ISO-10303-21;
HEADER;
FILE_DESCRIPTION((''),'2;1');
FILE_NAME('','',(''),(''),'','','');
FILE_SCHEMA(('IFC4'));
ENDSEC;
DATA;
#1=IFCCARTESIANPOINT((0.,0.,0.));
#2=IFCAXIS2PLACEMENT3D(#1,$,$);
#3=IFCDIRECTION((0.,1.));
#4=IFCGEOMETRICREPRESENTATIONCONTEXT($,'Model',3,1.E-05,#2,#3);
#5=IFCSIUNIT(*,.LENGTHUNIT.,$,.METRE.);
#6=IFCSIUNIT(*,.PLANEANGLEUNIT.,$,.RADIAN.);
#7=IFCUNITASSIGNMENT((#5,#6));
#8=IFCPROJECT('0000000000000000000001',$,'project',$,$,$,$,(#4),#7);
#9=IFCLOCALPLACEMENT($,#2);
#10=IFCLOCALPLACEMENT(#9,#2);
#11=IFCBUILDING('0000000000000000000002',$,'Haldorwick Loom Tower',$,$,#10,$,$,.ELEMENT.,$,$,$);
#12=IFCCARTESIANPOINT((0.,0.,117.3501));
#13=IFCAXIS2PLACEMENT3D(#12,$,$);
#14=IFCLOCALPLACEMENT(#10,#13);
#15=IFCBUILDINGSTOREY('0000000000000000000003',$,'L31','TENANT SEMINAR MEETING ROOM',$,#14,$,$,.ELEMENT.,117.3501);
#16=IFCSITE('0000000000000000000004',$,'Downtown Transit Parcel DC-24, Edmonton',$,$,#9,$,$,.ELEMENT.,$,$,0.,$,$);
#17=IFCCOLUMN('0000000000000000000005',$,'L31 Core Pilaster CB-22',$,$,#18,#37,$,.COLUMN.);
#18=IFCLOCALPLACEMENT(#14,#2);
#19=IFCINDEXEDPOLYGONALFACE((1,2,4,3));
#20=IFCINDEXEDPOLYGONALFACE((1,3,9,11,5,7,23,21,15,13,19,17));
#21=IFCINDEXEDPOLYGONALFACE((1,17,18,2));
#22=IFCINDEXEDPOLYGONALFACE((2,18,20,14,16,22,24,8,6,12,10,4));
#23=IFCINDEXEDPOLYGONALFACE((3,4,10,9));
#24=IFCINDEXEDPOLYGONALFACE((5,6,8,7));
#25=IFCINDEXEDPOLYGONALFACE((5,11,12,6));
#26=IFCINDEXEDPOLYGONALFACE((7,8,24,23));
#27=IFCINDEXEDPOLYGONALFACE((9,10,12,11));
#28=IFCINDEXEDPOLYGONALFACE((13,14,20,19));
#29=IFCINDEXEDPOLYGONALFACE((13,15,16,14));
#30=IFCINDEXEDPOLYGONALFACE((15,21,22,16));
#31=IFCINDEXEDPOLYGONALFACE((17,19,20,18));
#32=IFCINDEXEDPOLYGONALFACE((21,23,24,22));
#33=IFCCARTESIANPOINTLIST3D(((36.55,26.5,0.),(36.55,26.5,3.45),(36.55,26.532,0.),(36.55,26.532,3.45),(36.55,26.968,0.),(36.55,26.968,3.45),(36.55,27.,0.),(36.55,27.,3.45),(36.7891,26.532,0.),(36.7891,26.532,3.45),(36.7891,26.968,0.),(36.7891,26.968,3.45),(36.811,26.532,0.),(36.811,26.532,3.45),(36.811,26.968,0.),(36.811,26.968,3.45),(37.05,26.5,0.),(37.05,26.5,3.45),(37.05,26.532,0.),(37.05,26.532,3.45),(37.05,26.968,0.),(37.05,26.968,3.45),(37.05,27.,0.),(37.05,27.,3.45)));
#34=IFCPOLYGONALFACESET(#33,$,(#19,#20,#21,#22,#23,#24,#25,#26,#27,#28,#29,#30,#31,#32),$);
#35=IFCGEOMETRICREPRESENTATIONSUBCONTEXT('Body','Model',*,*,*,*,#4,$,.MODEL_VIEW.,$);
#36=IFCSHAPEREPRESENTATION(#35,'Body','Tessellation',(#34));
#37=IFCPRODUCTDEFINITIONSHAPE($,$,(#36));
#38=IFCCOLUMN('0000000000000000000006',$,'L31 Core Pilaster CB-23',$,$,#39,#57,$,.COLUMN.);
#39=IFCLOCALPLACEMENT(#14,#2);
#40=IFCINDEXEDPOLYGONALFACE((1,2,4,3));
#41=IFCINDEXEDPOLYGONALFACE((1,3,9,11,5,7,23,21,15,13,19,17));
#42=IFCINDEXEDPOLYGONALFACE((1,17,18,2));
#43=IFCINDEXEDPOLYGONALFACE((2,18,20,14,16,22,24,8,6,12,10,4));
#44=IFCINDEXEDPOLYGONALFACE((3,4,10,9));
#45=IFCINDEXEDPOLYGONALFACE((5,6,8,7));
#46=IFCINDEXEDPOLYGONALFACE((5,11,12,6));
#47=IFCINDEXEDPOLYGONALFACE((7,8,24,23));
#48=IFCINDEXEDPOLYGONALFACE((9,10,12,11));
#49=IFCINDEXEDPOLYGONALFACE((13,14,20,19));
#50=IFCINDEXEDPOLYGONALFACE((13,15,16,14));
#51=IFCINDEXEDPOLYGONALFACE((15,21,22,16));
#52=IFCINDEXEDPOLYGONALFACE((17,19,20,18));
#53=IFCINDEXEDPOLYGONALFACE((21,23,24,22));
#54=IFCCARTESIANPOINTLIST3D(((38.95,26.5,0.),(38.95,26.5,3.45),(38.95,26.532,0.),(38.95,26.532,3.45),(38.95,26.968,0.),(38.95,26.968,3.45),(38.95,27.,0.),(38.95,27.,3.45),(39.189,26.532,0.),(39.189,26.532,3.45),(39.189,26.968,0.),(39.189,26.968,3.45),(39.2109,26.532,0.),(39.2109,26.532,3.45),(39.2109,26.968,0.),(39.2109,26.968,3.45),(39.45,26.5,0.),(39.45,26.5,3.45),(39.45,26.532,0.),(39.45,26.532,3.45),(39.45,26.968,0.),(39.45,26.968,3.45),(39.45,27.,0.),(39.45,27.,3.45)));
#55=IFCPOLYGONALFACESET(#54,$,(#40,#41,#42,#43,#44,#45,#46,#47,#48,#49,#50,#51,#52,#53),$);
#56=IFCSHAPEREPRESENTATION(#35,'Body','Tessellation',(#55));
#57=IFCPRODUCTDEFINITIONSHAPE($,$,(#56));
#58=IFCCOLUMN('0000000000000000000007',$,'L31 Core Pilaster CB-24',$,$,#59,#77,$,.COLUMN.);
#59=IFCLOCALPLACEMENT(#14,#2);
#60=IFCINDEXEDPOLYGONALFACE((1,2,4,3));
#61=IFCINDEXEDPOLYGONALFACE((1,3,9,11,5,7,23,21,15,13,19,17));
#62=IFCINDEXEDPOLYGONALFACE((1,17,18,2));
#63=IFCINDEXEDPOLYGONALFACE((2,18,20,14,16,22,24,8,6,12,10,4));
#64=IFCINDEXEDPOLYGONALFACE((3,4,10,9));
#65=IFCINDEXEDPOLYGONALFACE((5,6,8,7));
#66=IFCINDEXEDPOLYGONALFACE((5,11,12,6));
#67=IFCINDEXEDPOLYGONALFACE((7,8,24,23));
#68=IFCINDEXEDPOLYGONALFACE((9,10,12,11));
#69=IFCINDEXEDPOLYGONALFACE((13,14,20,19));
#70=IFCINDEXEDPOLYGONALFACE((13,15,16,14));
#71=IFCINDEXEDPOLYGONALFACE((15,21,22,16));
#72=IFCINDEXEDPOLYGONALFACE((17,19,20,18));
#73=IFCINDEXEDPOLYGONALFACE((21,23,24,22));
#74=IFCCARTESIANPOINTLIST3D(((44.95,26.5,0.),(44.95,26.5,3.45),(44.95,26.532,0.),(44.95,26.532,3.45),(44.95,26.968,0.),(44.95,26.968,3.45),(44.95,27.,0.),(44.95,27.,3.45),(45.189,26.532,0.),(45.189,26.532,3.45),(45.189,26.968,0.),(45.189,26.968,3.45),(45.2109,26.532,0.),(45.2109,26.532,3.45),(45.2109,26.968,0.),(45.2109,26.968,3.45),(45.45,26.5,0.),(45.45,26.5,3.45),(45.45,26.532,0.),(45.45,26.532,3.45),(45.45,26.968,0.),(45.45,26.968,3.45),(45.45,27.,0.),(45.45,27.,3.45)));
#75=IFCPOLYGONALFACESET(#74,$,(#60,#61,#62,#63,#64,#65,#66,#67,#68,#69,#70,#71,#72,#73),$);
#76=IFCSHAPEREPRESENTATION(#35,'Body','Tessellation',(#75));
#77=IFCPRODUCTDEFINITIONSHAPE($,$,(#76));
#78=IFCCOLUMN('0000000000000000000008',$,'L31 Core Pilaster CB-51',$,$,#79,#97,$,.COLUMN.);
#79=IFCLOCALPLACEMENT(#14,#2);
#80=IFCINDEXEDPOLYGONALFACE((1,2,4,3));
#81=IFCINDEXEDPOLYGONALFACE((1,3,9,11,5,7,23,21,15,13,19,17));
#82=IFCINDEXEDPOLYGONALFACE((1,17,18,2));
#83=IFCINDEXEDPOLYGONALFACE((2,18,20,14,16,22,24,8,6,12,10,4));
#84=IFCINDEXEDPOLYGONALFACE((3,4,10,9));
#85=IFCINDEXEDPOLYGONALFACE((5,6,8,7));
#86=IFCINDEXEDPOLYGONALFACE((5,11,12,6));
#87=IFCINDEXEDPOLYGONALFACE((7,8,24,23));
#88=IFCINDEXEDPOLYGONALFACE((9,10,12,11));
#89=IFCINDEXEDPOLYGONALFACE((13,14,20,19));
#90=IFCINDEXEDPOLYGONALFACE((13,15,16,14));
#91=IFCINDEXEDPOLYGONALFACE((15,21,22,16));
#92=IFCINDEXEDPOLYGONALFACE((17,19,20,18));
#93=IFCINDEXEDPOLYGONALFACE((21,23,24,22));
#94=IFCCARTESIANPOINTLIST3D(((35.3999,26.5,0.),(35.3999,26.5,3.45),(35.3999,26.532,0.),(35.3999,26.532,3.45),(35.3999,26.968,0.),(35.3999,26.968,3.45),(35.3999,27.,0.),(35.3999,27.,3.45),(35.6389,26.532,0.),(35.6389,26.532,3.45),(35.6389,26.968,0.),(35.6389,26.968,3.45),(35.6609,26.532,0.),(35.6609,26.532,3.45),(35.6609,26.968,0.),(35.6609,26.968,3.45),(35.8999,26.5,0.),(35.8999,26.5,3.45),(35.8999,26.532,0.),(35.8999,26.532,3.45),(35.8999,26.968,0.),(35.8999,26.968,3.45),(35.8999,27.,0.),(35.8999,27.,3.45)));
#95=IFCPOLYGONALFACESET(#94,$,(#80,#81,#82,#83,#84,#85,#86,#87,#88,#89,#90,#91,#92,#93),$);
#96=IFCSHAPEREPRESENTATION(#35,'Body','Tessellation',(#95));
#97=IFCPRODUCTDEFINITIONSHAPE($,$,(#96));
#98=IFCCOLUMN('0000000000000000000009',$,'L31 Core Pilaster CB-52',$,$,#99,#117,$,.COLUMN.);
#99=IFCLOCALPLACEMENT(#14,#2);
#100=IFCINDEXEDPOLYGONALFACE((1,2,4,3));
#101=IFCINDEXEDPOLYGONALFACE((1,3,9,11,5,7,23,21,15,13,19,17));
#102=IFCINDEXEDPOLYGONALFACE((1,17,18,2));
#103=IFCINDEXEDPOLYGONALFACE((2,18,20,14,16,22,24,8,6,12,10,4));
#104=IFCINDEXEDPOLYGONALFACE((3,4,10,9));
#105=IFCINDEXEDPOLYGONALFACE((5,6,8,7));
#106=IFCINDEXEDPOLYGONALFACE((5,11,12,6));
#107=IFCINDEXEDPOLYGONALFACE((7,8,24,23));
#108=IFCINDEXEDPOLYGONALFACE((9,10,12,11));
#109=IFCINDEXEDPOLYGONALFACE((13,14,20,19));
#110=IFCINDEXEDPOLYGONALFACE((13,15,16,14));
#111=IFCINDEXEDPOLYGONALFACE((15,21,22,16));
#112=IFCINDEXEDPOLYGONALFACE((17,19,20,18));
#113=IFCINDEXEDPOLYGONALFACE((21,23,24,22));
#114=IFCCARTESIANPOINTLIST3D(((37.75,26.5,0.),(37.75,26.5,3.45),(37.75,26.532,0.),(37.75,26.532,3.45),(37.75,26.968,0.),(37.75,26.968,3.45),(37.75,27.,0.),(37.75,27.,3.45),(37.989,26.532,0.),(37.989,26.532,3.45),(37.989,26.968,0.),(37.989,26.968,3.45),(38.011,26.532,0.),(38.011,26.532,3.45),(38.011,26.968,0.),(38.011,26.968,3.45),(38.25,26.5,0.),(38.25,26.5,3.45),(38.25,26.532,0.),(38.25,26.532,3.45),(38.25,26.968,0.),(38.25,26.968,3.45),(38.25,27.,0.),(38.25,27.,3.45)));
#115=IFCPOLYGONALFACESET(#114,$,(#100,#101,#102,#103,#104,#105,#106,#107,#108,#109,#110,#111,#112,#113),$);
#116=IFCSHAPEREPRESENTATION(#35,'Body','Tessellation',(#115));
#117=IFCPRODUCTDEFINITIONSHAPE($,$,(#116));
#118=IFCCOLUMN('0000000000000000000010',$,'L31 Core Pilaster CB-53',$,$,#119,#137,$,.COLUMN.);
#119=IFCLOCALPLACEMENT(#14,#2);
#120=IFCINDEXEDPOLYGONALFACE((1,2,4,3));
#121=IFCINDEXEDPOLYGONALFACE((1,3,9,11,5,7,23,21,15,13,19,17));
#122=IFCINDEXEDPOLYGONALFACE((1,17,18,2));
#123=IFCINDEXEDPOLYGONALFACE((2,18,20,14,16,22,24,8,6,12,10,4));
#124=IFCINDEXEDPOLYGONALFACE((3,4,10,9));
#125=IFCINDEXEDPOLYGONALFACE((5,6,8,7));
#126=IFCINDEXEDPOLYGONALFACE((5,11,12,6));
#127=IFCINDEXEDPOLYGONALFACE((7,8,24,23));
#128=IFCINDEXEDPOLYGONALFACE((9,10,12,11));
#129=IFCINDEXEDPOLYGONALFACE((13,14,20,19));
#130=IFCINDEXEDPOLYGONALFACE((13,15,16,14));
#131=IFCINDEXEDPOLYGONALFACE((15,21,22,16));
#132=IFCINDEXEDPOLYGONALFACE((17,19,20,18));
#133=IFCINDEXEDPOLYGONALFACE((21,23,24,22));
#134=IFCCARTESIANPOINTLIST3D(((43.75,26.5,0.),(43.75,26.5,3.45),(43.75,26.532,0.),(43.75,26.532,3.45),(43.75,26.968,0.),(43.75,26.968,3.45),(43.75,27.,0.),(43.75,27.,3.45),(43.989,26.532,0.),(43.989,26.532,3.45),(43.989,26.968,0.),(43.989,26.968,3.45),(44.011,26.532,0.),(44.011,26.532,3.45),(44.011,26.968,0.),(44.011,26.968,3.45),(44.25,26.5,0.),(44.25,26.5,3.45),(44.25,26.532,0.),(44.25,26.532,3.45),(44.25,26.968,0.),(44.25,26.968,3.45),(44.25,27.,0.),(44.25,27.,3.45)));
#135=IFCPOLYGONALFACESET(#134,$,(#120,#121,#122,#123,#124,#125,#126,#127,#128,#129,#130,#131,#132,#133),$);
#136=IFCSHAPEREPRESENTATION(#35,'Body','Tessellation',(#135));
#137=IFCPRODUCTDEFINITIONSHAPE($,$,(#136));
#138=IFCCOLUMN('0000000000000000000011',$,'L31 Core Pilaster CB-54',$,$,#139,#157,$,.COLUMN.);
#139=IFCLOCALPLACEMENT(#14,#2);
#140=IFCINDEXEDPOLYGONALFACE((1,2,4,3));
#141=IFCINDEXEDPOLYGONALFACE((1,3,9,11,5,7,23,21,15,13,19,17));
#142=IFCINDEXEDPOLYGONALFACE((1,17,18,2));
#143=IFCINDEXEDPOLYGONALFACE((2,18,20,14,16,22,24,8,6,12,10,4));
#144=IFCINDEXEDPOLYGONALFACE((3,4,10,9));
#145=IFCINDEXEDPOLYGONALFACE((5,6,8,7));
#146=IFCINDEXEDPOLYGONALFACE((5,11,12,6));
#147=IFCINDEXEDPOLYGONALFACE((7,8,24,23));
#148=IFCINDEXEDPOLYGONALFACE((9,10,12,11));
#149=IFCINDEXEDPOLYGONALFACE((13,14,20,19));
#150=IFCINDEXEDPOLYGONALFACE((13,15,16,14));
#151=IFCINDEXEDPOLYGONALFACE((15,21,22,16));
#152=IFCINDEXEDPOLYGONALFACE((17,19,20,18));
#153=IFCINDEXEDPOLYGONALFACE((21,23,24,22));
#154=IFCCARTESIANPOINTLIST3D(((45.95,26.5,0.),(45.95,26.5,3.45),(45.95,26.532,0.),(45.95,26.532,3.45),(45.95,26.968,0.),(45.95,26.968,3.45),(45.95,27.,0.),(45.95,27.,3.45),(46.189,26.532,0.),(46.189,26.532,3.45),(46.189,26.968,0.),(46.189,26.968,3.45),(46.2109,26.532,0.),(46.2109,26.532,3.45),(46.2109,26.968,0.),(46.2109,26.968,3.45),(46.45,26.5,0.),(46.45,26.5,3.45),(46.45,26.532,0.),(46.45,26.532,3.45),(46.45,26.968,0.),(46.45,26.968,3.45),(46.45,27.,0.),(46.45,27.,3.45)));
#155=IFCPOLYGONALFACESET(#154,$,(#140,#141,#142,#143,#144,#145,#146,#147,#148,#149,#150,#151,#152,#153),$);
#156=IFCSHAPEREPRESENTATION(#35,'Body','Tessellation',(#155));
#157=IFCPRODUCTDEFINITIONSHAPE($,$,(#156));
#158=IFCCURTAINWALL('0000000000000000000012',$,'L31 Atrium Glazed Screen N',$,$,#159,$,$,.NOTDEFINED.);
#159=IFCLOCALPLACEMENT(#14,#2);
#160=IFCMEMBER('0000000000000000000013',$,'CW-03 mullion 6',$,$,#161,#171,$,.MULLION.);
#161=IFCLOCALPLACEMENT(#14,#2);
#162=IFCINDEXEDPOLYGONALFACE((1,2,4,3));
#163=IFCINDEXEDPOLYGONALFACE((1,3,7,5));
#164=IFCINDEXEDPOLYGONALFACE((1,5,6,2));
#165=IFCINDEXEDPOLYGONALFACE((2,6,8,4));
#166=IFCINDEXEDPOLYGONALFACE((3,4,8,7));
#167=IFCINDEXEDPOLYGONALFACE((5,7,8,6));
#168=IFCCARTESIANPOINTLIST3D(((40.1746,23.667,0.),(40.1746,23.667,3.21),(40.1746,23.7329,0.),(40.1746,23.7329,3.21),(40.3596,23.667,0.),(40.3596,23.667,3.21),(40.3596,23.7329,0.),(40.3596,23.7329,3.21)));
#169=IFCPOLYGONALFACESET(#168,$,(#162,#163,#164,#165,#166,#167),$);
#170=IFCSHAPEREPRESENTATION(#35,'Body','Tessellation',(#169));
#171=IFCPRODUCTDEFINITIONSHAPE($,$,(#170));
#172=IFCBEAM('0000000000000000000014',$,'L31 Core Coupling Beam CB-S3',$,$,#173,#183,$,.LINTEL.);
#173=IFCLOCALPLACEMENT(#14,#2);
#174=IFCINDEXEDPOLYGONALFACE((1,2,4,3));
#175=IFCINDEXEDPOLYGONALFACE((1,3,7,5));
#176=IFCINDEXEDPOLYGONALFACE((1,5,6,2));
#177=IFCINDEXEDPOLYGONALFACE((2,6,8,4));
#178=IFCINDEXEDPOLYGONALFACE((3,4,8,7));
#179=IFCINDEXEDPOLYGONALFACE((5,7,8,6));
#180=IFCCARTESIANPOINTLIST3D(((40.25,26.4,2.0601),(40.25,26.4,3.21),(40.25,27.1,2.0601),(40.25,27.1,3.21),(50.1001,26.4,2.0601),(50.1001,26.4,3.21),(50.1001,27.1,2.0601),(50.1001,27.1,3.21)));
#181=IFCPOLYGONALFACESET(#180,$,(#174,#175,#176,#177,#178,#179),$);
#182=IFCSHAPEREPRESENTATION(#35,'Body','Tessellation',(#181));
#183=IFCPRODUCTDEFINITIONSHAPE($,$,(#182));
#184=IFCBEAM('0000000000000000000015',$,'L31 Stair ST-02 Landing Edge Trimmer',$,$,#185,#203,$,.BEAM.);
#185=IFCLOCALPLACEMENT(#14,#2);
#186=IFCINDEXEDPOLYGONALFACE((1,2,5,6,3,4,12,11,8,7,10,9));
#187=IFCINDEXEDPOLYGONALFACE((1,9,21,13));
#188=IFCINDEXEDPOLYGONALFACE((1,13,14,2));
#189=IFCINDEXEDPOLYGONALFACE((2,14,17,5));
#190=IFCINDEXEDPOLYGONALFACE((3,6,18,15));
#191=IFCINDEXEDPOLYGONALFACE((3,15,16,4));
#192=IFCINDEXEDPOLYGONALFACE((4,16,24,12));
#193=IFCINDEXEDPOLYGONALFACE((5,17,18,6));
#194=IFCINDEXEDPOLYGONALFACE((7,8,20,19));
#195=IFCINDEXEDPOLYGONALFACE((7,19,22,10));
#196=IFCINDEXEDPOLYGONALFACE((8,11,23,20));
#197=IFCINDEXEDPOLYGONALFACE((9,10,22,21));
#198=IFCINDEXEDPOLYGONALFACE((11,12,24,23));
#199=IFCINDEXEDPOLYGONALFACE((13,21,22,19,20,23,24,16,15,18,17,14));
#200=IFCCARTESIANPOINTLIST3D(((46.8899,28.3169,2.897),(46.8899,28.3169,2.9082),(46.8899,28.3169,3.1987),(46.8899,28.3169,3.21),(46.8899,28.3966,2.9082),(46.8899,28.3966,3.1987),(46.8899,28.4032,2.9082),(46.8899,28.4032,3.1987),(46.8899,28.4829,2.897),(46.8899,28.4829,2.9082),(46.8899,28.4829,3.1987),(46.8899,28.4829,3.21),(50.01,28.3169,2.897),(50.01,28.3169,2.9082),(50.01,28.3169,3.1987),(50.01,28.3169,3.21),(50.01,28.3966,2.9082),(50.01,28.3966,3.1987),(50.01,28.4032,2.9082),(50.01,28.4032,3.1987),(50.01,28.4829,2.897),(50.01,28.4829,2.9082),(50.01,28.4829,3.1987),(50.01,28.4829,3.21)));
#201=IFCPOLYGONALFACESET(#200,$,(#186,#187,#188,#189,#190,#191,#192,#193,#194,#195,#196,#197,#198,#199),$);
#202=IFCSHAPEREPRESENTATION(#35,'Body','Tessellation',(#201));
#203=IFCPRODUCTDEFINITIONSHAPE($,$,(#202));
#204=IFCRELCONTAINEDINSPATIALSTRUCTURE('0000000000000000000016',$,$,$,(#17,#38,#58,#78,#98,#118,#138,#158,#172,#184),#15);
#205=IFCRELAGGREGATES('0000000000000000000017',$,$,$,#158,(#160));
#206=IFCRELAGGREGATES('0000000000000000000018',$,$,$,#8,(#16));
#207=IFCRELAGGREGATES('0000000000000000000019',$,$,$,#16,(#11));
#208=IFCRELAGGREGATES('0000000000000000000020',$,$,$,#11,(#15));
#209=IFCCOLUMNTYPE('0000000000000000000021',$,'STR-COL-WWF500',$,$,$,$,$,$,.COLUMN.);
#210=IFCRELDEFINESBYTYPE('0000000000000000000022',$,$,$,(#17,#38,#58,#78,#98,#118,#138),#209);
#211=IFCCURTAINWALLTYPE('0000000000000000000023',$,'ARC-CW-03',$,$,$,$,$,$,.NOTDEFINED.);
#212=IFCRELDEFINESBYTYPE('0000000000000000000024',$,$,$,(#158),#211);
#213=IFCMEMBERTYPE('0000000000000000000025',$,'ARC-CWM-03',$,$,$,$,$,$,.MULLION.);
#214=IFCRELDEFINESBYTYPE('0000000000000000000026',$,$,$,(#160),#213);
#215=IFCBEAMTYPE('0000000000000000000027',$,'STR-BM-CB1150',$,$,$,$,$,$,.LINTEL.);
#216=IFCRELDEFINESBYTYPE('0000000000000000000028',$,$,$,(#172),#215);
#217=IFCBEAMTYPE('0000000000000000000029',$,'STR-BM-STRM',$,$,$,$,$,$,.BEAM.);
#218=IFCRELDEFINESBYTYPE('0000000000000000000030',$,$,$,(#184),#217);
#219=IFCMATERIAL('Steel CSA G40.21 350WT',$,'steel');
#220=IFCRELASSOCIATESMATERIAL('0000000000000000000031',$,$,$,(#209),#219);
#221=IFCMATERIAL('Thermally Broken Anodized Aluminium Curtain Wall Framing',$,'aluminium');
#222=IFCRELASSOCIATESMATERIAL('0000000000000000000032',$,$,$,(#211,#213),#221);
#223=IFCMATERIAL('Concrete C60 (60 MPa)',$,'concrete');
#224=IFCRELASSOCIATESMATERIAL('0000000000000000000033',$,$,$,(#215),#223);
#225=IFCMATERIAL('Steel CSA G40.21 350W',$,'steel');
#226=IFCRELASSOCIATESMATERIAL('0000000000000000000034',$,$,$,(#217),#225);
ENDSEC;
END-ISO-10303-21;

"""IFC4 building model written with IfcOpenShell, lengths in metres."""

from ifc_helpers import new_model, si_unit, direction, frame, origin, origin_2d, place, context, subcontext, project, spatial, rectangle, i_section, extrude, material, material_profile, profile_set, type_object, element, aggregate, save


model = new_model("IFC4")

# Units and contexts
model_context = context("Model", 3, precision=1e-05, world=origin(), true_north=direction((0.0, 1.0)))
body_context = subcontext(model_context, "Body", "Model", "MODEL_VIEW")
ifc_project = project(units=[si_unit("LENGTHUNIT", "METRE"), si_unit("PLANEANGLEUNIT", "RADIAN")], contexts=[model_context])

# Site, building, storey
site_placement = place(None, origin())
site = spatial("IfcSite", under=ifc_project, at=site_placement, Name="Downtown Transit Parcel DC-24, Edmonton", CompositionType="ELEMENT", RefElevation=0.0)
building_placement = place(site_placement, origin())
building = spatial("IfcBuilding", under=site, at=building_placement, Name="Haldorwick Loom Tower", CompositionType="ELEMENT")
storey_placement = place(building_placement, frame((0.0, 0.0, 117.3501)))
storey = spatial("IfcBuildingStorey", under=building, at=storey_placement, Name="L31", Description="TENANT SEMINAR MEETING ROOM", CompositionType="ELEMENT", Elevation=117.3501)

# Columns
ifc_material_1 = material(Name="Steel CSA G40.21 350WT", Category="steel")
ifc_material_profile_1 = material_profile(ifc_material_1, i_section(OverallWidth=0.5, OverallDepth=0.5, WebThickness=0.022, FlangeThickness=0.032, at=origin_2d()), Name="WWF500X500", Category="steel")
ifc_profile_set_1 = profile_set([ifc_material_profile_1], Name="Steel CSA G40.21 350WT")
column_type = type_object("IfcColumnType", Name="STR-COL-WWF500", PredefinedType="COLUMN", material=ifc_profile_set_1)
for number, where, z_axis, x_axis, name in (
    (1, (36.8, 26.75, 0.0), (0.0, 0.0, 1.0), (1.0, 0.0, 0.0), "L31 Core Pilaster CB-22"),
    (2, (39.2, 26.75, 0.0), (0.0, 0.0, 1.0), (1.0, 0.0, 0.0), "L31 Core Pilaster CB-23"),
    (3, (45.2, 26.75, 0.0), (0.0, 0.0, 1.0), (1.0, 0.0, 0.0), "L31 Core Pilaster CB-24"),
    (4, (35.6499, 26.75, 0.0), (0.0, 0.0, 1.0), (1.0, 0.0, 0.0), "L31 Core Pilaster CB-51"),
    (5, (38.0, 26.75, 0.0), (0.0, 0.0, 1.0), (1.0, 0.0, 0.0), "L31 Core Pilaster CB-52"),
    (6, (44.0, 26.75, 0.0), (0.0, 0.0, 1.0), (1.0, 0.0, 0.0), "L31 Core Pilaster CB-53"),
    (7, (46.2, 26.75, 0.0), (0.0, 0.0, 1.0), (1.0, 0.0, 0.0), "L31 Core Pilaster CB-54"),
):
    element("IfcColumn", number, at=place(storey_placement, frame(where, z_axis=z_axis, x_axis=x_axis)), inside=storey, type_object=column_type, Name=name, PredefinedType="COLUMN", context=body_context, shape_type="SweptSolid", body=[
        extrude(i_section(OverallWidth=0.5, OverallDepth=0.5, WebThickness=0.022, FlangeThickness=0.032, at=origin_2d()), origin(), (0.0, 0.0, 1.0), 3.45),
    ])

# Curtain wall, member
ifc_material_2 = material(Name="Thermally Broken Anodized Aluminium Curtain Wall Framing", Category="aluminium")
curtain_wall_type = type_object("IfcCurtainWallType", Name="ARC-CW-03", PredefinedType="NOTDEFINED", material=ifc_material_2)
curtain_wall_placement = place(storey_placement, origin())
curtain_wall = element("IfcCurtainWall", 8, at=curtain_wall_placement, inside=storey, type_object=curtain_wall_type, Name="L31 Atrium Glazed Screen N", PredefinedType="NOTDEFINED")
ifc_material_profile_2 = material_profile(ifc_material_2, rectangle(XDim=0.0659, YDim=0.1851, at=origin_2d()), Name="ALU_MUL_66X185", Category="aluminium")
ifc_profile_set_2 = profile_set([ifc_material_profile_2], Name="Thermally Broken Anodized Aluminium Curtain Wall Framing")
member_type = type_object("IfcMemberType", Name="ARC-CWM-03", PredefinedType="MULLION", material=ifc_profile_set_2)
member_placement = place(storey_placement, frame((40.2671, 23.7, 0.0), z_axis=(0.0, 0.0, 1.0), x_axis=(0.0, 1.0, 0.0)))
member = element("IfcMember", 9, at=member_placement, type_object=member_type, Name="CW-03 mullion 6", PredefinedType="MULLION", context=body_context, shape_type="SweptSolid", body=[
    extrude(rectangle(XDim=0.0659, YDim=0.1851, at=origin_2d()), origin(), (0.0, 0.0, 1.0), 3.21),
])
aggregate(curtain_wall, [member])

# Beams
ifc_material_3 = material(Name="Concrete C60 (60 MPa)", Category="concrete")
ifc_material_profile_3 = material_profile(ifc_material_3, rectangle(XDim=0.7, YDim=1.1499, at=origin_2d()), Name="RC700X1150", Category="concrete")
ifc_profile_set_3 = profile_set([ifc_material_profile_3], Name="Concrete C60 (60 MPa)")
beam_type_1 = type_object("IfcBeamType", Name="STR-BM-CB1150", PredefinedType="LINTEL", material=ifc_profile_set_3)
beam_placement = place(storey_placement, frame((40.25, 26.75, 2.635), z_axis=(1.0, 0.0, 0.0), x_axis=(0.0, 1.0, 0.0)))
element("IfcBeam", 10, at=beam_placement, inside=storey, type_object=beam_type_1, Name="L31 Core Coupling Beam CB-S3", PredefinedType="LINTEL", context=body_context, shape_type="SweptSolid", body=[
    extrude(rectangle(XDim=0.7, YDim=1.1499, at=origin_2d()), origin(), (0.0, 0.0, 1.0), 9.8501),
])
ifc_material_4 = material(Name="Steel CSA G40.21 350W", Category="steel")
ifc_material_profile_4 = material_profile(ifc_material_4, i_section(OverallWidth=0.166, OverallDepth=0.313, WebThickness=0.0066, FlangeThickness=0.0112, at=origin_2d()), Name="W310X45", Category="steel")
ifc_profile_set_4 = profile_set([ifc_material_profile_4], Name="Steel CSA G40.21 350W")
beam_type_2 = type_object("IfcBeamType", Name="STR-BM-STRM", PredefinedType="BEAM", material=ifc_profile_set_4)
for number, where, z_axis, x_axis, name in (
    (11, (46.8899, 28.3999, 3.0535), (1.0, 0.0, 0.0), (0.0, 1.0, 0.0), "L31 Stair ST-02 Landing Edge Trimmer"),
):
    element("IfcBeam", number, at=place(storey_placement, frame(where, z_axis=z_axis, x_axis=x_axis)), inside=storey, type_object=beam_type_2, Name=name, PredefinedType="BEAM", context=body_context, shape_type="SweptSolid", body=[
        extrude(i_section(OverallWidth=0.166, OverallDepth=0.313, WebThickness=0.0066, FlangeThickness=0.0112, at=origin_2d()), origin(), (0.0, 0.0, 1.0), 3.1201),
    ])

save(model, "model.ifc")
